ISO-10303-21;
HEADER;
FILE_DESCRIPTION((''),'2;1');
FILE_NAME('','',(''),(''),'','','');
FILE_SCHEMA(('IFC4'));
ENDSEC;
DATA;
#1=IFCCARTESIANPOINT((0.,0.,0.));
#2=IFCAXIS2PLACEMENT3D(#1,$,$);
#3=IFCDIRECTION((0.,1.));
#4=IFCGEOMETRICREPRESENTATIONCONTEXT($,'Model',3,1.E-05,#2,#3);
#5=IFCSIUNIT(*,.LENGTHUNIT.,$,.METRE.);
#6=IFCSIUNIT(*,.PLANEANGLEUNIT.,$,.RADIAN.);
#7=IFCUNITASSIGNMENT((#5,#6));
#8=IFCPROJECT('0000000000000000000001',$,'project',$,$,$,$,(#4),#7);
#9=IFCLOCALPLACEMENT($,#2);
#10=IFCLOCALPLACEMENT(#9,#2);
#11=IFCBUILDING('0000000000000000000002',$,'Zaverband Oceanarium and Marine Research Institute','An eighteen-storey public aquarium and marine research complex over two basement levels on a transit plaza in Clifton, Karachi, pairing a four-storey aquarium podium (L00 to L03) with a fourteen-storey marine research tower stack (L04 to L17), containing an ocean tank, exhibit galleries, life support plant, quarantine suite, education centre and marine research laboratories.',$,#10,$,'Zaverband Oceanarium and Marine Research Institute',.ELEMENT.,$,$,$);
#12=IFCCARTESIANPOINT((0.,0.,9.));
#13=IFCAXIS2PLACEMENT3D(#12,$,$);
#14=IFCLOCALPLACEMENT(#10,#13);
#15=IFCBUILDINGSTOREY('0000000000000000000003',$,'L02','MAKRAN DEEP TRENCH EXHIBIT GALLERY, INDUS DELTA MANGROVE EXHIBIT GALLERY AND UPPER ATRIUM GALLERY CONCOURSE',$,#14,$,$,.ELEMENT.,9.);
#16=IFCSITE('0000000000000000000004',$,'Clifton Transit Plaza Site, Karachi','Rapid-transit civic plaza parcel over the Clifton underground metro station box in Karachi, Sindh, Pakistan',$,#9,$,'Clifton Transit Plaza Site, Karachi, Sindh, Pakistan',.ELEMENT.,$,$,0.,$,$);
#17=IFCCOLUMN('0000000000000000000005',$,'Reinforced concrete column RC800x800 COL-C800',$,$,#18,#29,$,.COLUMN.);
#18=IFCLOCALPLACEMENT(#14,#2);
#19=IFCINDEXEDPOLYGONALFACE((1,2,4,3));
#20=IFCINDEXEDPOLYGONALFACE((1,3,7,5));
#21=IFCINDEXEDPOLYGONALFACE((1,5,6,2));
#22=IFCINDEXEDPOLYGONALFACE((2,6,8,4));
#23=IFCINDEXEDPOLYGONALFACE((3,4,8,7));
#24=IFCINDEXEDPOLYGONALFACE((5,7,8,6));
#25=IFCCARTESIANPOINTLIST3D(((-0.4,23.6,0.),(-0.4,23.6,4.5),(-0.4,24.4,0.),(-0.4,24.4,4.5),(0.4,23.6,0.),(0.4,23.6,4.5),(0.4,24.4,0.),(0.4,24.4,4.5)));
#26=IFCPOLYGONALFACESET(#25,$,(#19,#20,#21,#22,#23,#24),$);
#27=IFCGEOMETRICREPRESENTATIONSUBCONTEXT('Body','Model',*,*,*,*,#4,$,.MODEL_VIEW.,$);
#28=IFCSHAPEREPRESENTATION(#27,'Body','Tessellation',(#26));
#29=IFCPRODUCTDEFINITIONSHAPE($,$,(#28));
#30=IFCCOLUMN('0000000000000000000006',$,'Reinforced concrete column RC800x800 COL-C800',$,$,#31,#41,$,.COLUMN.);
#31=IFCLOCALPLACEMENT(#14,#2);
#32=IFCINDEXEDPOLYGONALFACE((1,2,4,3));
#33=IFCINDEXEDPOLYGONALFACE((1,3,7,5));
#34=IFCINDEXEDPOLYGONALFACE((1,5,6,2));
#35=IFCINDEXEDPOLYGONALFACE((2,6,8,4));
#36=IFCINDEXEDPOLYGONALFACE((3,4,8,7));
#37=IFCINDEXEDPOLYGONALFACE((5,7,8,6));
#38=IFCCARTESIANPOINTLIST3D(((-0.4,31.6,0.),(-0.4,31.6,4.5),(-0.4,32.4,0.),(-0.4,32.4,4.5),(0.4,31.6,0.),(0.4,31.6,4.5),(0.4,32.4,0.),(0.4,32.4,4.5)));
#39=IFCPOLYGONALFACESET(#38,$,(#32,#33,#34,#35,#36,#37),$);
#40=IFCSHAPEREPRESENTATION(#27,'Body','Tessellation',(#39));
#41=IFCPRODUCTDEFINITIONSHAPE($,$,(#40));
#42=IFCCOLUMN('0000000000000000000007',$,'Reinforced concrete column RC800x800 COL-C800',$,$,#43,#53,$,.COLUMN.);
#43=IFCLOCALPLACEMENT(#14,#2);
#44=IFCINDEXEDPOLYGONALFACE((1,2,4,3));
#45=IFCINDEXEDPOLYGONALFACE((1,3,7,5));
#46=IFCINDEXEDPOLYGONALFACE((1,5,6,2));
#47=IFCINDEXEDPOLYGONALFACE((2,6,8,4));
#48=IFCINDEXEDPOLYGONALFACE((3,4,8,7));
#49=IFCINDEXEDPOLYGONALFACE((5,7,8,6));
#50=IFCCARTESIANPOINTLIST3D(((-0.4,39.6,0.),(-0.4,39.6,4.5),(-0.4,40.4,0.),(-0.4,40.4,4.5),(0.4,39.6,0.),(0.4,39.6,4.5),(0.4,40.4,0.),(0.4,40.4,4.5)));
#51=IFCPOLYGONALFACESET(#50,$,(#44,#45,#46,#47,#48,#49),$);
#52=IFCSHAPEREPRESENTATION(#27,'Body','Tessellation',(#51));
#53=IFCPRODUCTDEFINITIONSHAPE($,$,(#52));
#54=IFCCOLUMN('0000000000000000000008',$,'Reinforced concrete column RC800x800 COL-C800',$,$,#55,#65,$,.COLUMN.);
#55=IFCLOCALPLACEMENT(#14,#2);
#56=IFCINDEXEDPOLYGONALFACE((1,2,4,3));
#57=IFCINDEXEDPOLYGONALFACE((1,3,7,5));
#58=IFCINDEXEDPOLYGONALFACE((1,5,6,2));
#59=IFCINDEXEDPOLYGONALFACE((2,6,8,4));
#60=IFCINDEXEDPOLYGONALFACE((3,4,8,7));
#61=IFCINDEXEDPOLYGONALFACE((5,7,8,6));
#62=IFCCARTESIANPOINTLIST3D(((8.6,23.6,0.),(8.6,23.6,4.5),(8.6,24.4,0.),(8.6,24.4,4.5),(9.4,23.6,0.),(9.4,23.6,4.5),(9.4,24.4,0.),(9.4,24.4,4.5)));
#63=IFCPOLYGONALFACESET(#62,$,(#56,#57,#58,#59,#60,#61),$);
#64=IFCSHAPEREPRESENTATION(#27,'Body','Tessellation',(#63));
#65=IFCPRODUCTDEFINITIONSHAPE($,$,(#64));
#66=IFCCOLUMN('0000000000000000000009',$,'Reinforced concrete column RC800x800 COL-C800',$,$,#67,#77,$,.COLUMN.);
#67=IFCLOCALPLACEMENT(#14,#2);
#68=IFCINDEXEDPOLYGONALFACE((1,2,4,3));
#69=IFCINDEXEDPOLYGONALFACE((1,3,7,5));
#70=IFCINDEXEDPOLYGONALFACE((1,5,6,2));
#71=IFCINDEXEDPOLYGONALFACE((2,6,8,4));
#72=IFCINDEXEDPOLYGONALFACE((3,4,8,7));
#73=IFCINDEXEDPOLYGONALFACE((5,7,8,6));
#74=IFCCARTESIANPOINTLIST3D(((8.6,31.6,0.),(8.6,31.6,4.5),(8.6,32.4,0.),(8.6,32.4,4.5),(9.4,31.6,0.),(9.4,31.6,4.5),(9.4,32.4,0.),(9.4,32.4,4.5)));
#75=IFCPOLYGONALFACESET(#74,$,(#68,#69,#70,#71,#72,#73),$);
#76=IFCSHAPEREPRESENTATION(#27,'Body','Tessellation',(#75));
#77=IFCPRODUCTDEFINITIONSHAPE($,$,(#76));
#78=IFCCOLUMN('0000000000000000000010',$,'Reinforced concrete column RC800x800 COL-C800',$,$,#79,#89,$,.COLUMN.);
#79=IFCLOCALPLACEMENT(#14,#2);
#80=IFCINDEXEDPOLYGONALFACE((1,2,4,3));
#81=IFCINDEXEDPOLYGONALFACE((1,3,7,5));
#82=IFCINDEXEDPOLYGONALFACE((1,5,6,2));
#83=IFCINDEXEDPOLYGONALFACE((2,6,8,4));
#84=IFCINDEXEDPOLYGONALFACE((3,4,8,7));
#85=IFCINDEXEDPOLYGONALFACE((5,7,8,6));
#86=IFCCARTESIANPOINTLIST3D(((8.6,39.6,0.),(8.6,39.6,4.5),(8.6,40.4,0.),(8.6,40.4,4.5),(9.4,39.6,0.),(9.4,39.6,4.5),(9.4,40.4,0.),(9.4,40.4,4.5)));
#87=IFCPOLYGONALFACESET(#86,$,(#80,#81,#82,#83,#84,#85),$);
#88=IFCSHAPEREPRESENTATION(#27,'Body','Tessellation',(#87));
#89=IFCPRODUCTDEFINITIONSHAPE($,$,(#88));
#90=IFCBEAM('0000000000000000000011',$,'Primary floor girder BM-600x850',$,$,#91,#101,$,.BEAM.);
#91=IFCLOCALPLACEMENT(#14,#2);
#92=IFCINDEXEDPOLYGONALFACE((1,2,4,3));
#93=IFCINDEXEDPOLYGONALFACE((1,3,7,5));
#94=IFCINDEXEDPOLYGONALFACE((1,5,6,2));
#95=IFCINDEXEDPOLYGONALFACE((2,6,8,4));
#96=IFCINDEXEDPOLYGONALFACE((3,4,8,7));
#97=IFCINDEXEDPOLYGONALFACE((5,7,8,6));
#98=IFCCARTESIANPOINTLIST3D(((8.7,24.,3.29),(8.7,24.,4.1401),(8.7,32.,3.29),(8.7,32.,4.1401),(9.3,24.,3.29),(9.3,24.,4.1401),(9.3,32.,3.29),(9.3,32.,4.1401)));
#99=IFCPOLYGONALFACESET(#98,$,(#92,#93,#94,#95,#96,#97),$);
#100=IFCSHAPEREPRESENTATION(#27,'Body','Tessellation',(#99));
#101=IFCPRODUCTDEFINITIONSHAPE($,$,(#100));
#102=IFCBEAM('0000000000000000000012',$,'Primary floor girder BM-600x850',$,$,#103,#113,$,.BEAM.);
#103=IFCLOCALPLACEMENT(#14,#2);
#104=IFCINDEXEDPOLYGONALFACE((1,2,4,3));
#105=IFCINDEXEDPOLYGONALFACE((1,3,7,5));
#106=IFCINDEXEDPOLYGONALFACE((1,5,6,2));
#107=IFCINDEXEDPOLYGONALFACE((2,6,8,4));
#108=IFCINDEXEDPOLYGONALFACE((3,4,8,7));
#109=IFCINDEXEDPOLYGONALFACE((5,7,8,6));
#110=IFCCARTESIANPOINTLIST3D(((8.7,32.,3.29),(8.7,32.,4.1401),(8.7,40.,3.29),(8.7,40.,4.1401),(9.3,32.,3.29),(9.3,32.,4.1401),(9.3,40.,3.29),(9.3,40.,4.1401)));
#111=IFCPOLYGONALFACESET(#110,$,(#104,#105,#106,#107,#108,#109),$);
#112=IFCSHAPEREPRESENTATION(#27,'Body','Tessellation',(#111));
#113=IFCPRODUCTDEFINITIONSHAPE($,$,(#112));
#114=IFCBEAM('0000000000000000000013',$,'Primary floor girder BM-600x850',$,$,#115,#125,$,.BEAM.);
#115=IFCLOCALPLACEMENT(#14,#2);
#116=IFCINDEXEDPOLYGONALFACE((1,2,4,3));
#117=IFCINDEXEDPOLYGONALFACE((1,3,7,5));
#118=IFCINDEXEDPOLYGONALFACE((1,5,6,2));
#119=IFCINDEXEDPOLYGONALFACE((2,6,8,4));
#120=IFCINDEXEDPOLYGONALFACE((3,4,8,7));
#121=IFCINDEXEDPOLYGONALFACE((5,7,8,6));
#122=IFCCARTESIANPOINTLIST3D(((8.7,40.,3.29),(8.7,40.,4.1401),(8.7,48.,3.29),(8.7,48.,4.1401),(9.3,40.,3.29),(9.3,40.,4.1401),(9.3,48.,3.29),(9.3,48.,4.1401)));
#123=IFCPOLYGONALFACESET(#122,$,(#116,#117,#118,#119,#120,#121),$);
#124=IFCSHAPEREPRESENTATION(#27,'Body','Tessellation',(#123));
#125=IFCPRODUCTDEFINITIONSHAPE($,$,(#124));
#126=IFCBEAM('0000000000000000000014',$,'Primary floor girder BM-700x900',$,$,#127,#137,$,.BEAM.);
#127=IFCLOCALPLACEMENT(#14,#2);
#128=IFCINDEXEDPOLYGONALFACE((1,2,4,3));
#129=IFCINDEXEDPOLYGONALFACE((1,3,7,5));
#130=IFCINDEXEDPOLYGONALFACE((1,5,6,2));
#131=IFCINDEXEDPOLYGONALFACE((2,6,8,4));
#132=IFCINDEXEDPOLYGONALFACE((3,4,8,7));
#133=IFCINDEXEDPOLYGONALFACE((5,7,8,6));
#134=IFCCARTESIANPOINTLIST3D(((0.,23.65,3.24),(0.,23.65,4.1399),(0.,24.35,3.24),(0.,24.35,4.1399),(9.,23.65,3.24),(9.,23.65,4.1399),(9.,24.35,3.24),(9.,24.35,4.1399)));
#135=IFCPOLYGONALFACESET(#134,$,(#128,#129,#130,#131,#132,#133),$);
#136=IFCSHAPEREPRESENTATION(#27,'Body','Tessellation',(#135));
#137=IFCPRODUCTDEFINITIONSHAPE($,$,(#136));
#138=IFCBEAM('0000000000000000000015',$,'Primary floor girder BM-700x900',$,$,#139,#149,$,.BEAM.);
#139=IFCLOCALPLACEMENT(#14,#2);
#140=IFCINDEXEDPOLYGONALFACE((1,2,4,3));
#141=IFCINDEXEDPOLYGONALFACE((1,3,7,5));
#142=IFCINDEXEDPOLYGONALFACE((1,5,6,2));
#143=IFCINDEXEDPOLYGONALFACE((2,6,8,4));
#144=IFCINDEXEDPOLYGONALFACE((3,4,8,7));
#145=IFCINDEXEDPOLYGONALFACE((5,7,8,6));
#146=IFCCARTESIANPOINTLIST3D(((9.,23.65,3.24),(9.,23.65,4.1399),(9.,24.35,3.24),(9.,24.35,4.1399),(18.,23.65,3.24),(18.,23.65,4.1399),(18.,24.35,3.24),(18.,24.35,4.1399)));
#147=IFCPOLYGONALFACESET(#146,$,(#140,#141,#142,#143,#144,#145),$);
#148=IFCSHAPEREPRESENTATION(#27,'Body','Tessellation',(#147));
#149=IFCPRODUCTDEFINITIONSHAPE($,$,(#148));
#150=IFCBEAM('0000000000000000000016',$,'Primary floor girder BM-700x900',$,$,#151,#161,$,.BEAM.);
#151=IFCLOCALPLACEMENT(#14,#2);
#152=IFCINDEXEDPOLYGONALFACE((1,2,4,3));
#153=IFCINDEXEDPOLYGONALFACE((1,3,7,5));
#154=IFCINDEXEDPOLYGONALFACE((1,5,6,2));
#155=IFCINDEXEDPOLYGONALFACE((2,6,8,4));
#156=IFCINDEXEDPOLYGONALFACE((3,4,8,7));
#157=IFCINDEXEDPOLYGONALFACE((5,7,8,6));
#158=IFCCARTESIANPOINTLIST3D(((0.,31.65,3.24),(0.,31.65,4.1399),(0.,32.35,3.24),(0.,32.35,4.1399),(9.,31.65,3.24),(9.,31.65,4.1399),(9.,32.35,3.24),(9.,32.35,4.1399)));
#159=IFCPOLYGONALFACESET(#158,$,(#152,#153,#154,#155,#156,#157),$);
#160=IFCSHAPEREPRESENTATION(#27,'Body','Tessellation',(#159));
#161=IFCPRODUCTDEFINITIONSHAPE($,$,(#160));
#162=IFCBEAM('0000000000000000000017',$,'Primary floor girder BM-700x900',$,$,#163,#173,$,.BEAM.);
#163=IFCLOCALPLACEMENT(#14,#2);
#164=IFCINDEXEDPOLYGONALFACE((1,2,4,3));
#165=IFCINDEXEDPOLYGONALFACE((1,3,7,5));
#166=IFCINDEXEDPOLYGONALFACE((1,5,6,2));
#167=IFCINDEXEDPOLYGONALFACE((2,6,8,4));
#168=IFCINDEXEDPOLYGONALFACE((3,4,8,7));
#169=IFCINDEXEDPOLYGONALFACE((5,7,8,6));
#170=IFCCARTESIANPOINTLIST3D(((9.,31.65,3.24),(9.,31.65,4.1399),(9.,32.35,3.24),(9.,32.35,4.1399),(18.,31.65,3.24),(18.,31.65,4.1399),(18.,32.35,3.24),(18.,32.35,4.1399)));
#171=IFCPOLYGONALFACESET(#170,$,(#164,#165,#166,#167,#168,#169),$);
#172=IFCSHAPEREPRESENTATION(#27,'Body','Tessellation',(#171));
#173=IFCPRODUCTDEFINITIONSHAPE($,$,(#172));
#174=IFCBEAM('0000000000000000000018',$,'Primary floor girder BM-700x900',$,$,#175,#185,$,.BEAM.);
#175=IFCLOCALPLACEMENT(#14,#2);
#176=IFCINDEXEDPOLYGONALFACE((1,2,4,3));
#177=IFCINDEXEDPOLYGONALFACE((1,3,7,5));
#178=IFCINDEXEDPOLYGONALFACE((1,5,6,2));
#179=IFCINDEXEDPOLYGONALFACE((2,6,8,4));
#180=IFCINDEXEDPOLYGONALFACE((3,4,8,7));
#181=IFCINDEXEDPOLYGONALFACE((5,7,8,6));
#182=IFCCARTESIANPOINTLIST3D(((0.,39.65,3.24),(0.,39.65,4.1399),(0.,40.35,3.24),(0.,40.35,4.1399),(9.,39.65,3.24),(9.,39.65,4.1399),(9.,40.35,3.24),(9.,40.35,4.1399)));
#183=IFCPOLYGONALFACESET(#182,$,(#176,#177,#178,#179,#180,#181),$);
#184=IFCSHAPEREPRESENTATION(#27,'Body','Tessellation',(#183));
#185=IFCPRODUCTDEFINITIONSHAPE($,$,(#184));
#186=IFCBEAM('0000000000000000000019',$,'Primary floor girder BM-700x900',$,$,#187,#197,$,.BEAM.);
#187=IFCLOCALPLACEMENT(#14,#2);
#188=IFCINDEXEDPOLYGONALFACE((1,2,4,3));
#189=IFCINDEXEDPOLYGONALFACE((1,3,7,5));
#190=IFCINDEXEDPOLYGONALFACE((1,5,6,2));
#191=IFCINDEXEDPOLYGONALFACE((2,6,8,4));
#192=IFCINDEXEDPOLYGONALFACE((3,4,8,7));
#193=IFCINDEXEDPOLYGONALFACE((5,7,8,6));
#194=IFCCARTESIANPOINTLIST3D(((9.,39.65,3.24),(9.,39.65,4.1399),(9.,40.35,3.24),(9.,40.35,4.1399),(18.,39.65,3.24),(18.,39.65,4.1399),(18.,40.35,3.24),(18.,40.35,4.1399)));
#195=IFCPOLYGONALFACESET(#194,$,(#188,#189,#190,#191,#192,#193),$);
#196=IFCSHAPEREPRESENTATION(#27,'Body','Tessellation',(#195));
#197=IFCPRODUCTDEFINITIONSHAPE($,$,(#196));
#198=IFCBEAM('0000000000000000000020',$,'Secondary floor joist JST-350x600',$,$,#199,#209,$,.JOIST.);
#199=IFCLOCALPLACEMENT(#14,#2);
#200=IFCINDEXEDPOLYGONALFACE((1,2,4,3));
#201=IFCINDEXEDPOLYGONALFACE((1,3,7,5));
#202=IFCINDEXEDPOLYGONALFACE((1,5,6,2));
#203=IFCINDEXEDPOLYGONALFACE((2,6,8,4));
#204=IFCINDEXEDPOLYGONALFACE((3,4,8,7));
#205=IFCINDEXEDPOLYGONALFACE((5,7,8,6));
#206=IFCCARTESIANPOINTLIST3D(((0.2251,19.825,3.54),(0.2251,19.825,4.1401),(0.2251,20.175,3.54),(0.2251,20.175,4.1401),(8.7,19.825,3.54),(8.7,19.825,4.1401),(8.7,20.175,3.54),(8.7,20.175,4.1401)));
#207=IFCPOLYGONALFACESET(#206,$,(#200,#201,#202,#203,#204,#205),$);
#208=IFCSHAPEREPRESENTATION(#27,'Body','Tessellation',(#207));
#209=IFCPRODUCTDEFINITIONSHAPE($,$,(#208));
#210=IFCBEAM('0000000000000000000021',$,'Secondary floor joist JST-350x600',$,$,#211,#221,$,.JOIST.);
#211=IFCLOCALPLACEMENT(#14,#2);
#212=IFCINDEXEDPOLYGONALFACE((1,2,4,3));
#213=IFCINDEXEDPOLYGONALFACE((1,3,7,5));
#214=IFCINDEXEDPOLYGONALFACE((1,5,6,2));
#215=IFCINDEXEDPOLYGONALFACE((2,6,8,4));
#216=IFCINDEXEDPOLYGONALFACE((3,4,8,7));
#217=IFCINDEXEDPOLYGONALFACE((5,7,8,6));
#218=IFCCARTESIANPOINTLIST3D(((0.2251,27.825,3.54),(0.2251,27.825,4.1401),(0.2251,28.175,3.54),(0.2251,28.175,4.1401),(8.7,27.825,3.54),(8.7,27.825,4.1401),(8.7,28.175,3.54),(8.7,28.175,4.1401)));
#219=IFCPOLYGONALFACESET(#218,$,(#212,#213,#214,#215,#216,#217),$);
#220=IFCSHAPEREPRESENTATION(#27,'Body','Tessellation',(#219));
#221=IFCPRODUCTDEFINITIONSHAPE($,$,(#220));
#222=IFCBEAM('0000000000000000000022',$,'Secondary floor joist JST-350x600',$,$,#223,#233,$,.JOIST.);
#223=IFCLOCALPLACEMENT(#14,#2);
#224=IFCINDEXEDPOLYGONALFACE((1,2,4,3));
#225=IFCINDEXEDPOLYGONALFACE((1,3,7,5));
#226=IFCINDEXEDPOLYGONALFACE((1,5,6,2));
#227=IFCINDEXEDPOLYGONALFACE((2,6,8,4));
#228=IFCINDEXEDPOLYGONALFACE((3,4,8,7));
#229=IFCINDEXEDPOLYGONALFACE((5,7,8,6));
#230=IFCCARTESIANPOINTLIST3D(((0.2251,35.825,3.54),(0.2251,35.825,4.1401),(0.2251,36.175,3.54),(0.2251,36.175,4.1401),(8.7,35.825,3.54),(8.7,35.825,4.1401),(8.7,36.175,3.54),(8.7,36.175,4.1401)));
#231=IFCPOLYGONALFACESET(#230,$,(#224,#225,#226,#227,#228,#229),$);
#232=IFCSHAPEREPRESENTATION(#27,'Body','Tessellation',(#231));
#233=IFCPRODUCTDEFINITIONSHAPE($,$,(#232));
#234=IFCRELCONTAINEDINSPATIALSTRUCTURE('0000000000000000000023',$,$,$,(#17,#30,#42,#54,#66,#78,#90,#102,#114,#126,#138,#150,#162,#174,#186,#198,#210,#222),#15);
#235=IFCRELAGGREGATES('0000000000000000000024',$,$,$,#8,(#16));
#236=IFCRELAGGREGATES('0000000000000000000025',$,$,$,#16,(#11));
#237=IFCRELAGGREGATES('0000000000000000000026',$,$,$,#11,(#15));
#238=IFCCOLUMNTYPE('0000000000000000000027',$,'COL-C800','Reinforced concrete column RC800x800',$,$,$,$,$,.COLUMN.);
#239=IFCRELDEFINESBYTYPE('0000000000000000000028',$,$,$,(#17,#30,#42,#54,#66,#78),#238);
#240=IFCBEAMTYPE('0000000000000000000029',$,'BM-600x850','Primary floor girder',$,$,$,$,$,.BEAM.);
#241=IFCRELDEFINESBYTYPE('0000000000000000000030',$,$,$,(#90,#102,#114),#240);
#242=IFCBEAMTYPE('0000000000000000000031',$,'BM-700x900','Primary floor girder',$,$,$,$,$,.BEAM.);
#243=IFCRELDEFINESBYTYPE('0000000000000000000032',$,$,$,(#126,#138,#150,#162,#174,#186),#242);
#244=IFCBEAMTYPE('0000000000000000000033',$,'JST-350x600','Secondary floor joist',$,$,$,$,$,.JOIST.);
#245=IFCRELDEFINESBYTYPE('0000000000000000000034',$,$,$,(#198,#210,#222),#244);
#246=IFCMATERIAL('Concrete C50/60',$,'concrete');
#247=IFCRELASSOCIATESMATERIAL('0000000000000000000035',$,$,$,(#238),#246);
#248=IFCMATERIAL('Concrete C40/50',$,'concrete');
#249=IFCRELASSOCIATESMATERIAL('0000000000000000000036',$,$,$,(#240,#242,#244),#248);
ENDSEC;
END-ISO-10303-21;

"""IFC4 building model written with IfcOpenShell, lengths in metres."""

from ifc_helpers import new_model, si_unit, direction, frame, origin, origin_2d, place, context, subcontext, project, spatial, rectangle, extrude, material, material_profile, profile_set, type_object, element, save


model = new_model("IFC4")

# Units and contexts
model_context = context("Model", 3, precision=1e-05, world=origin(), true_north=direction((0.0, 1.0)))
body_context = subcontext(model_context, "Body", "Model", "MODEL_VIEW")
ifc_project = project(units=[si_unit("LENGTHUNIT", "METRE"), si_unit("PLANEANGLEUNIT", "RADIAN")], contexts=[model_context])

# Site, building, storey
site_placement = place(None, origin())
site = spatial("IfcSite", under=ifc_project, at=site_placement, Name="Clifton Transit Plaza Site, Karachi", Description="Rapid-transit civic plaza parcel over the Clifton underground metro station box in Karachi, Sindh, Pakistan", LongName="Clifton Transit Plaza Site, Karachi, Sindh, Pakistan", CompositionType="ELEMENT", RefElevation=0.0)
building_placement = place(site_placement, origin())
building = spatial("IfcBuilding", under=site, at=building_placement, Name="Zaverband Oceanarium and Marine Research Institute", Description="An eighteen-storey public aquarium and marine research complex over two basement levels on a transit plaza in Clifton, Karachi, pairing a four-storey aquarium podium (L00 to L03) with a fourteen-storey marine research tower stack (L04 to L17), containing an ocean tank, exhibit galleries, life support plant, quarantine suite, education centre and marine research laboratories.", LongName="Zaverband Oceanarium and Marine Research Institute", CompositionType="ELEMENT")
storey_placement = place(building_placement, frame((0.0, 0.0, 9.0)))
storey = spatial("IfcBuildingStorey", under=building, at=storey_placement, Name="L02", Description="MAKRAN DEEP TRENCH EXHIBIT GALLERY, INDUS DELTA MANGROVE EXHIBIT GALLERY AND UPPER ATRIUM GALLERY CONCOURSE", CompositionType="ELEMENT", Elevation=9.0)

# Columns
ifc_material_1 = material(Name="Concrete C50/60", Category="concrete")
ifc_material_profile_1 = material_profile(ifc_material_1, rectangle(XDim=0.8, YDim=0.8, at=origin_2d()), Name="RC800x800")
ifc_profile_set_1 = profile_set([ifc_material_profile_1], Name="Concrete C50/60")
column_type = type_object("IfcColumnType", Name="COL-C800", Description="Reinforced concrete column RC800x800", PredefinedType="COLUMN", material=ifc_profile_set_1)
for number, where, z_axis, x_axis, name in (
    (1, (0.0, 24.0, 0.0), (0.0, 0.0, 1.0), (1.0, 0.0, 0.0), "Reinforced concrete column RC800x800 COL-C800"),
    (2, (0.0, 32.0, 0.0), (0.0, 0.0, 1.0), (1.0, 0.0, 0.0), "Reinforced concrete column RC800x800 COL-C800"),
    (3, (0.0, 40.0, 0.0), (0.0, 0.0, 1.0), (1.0, 0.0, 0.0), "Reinforced concrete column RC800x800 COL-C800"),
    (4, (9.0, 24.0, 0.0), (0.0, 0.0, 1.0), (1.0, 0.0, 0.0), "Reinforced concrete column RC800x800 COL-C800"),
    (5, (9.0, 32.0, 0.0), (0.0, 0.0, 1.0), (1.0, 0.0, 0.0), "Reinforced concrete column RC800x800 COL-C800"),
    (6, (9.0, 40.0, 0.0), (0.0, 0.0, 1.0), (1.0, 0.0, 0.0), "Reinforced concrete column RC800x800 COL-C800"),
):
    element("IfcColumn", number, at=place(storey_placement, frame(where, z_axis=z_axis, x_axis=x_axis)), inside=storey, type_object=column_type, Name=name, PredefinedType="COLUMN", context=body_context, shape_type="SweptSolid", body=[
        extrude(rectangle(XDim=0.8, YDim=0.8, at=origin_2d()), origin(), (0.0, 0.0, 1.0), 4.5),
    ])

# Beams
ifc_material_2 = material(Name="Concrete C40/50", Category="concrete")
ifc_material_profile_2 = material_profile(ifc_material_2, rectangle(XDim=0.6001, YDim=0.8501, at=origin_2d()), Name="RC600x850")
ifc_profile_set_2 = profile_set([ifc_material_profile_2], Name="Concrete C40/50")
beam_type_1 = type_object("IfcBeamType", Name="BM-600x850", Description="Primary floor girder", PredefinedType="BEAM", material=ifc_profile_set_2)
for number, where, z_axis, x_axis, name in (
    (7, (9.0, 24.0, 3.7151), (0.0, 1.0, 0.0), (-1.0, 0.0, 0.0), "Primary floor girder BM-600x850"),
    (8, (9.0, 32.0, 3.7151), (0.0, 1.0, 0.0), (-1.0, 0.0, 0.0), "Primary floor girder BM-600x850"),
    (9, (9.0, 40.0, 3.7151), (0.0, 1.0, 0.0), (-1.0, 0.0, 0.0), "Primary floor girder BM-600x850"),
):
    element("IfcBeam", number, at=place(storey_placement, frame(where, z_axis=z_axis, x_axis=x_axis)), inside=storey, type_object=beam_type_1, Name=name, PredefinedType="BEAM", context=body_context, shape_type="SweptSolid", body=[
        extrude(rectangle(XDim=0.6001, YDim=0.8501, at=origin_2d()), origin(), (0.0, 0.0, 1.0), 8.0),
    ])
ifc_material_profile_3 = material_profile(ifc_material_2, rectangle(XDim=0.7, YDim=0.8999, at=origin_2d()), Name="RC700x900")
ifc_profile_set_3 = profile_set([ifc_material_profile_3], Name="Concrete C40/50")
beam_type_2 = type_object("IfcBeamType", Name="BM-700x900", Description="Primary floor girder", PredefinedType="BEAM", material=ifc_profile_set_3)
for number, where, z_axis, x_axis, name in (
    (10, (0.0, 24.0, 3.6899), (1.0, 0.0, 0.0), (0.0, 1.0, 0.0), "Primary floor girder BM-700x900"),
    (11, (9.0, 24.0, 3.6899), (1.0, 0.0, 0.0), (0.0, 1.0, 0.0), "Primary floor girder BM-700x900"),
    (12, (0.0, 32.0, 3.6899), (1.0, 0.0, 0.0), (0.0, 1.0, 0.0), "Primary floor girder BM-700x900"),
    (13, (9.0, 32.0, 3.6899), (1.0, 0.0, 0.0), (0.0, 1.0, 0.0), "Primary floor girder BM-700x900"),
    (14, (0.0, 40.0, 3.6899), (1.0, 0.0, 0.0), (0.0, 1.0, 0.0), "Primary floor girder BM-700x900"),
    (15, (9.0, 40.0, 3.6899), (1.0, 0.0, 0.0), (0.0, 1.0, 0.0), "Primary floor girder BM-700x900"),
):
    element("IfcBeam", number, at=place(storey_placement, frame(where, z_axis=z_axis, x_axis=x_axis)), inside=storey, type_object=beam_type_2, Name=name, PredefinedType="BEAM", context=body_context, shape_type="SweptSolid", body=[
        extrude(rectangle(XDim=0.7, YDim=0.8999, at=origin_2d()), origin(), (0.0, 0.0, 1.0), 9.0),
    ])
ifc_material_profile_4 = material_profile(ifc_material_2, rectangle(XDim=0.3501, YDim=0.6001, at=origin_2d()), Name="RC350x600")
ifc_profile_set_4 = profile_set([ifc_material_profile_4], Name="Concrete C40/50")
beam_type_3 = type_object("IfcBeamType", Name="JST-350x600", Description="Secondary floor joist", PredefinedType="JOIST", material=ifc_profile_set_4)
for number, where, z_axis, x_axis, name in (
    (16, (0.2251, 20.0, 3.8401), (1.0, 0.0, 0.0), (0.0, 1.0, 0.0), "Secondary floor joist JST-350x600"),
    (17, (0.2251, 28.0, 3.8401), (1.0, 0.0, 0.0), (0.0, 1.0, 0.0), "Secondary floor joist JST-350x600"),
    (18, (0.2251, 36.0, 3.8401), (1.0, 0.0, 0.0), (0.0, 1.0, 0.0), "Secondary floor joist JST-350x600"),
):
    element("IfcBeam", number, at=place(storey_placement, frame(where, z_axis=z_axis, x_axis=x_axis)), inside=storey, type_object=beam_type_3, Name=name, PredefinedType="JOIST", context=body_context, shape_type="SweptSolid", body=[
        extrude(rectangle(XDim=0.3501, YDim=0.6001, at=origin_2d()), origin(), (0.0, 0.0, 1.0), 8.4749),
    ])

save(model, "model.ifc")
